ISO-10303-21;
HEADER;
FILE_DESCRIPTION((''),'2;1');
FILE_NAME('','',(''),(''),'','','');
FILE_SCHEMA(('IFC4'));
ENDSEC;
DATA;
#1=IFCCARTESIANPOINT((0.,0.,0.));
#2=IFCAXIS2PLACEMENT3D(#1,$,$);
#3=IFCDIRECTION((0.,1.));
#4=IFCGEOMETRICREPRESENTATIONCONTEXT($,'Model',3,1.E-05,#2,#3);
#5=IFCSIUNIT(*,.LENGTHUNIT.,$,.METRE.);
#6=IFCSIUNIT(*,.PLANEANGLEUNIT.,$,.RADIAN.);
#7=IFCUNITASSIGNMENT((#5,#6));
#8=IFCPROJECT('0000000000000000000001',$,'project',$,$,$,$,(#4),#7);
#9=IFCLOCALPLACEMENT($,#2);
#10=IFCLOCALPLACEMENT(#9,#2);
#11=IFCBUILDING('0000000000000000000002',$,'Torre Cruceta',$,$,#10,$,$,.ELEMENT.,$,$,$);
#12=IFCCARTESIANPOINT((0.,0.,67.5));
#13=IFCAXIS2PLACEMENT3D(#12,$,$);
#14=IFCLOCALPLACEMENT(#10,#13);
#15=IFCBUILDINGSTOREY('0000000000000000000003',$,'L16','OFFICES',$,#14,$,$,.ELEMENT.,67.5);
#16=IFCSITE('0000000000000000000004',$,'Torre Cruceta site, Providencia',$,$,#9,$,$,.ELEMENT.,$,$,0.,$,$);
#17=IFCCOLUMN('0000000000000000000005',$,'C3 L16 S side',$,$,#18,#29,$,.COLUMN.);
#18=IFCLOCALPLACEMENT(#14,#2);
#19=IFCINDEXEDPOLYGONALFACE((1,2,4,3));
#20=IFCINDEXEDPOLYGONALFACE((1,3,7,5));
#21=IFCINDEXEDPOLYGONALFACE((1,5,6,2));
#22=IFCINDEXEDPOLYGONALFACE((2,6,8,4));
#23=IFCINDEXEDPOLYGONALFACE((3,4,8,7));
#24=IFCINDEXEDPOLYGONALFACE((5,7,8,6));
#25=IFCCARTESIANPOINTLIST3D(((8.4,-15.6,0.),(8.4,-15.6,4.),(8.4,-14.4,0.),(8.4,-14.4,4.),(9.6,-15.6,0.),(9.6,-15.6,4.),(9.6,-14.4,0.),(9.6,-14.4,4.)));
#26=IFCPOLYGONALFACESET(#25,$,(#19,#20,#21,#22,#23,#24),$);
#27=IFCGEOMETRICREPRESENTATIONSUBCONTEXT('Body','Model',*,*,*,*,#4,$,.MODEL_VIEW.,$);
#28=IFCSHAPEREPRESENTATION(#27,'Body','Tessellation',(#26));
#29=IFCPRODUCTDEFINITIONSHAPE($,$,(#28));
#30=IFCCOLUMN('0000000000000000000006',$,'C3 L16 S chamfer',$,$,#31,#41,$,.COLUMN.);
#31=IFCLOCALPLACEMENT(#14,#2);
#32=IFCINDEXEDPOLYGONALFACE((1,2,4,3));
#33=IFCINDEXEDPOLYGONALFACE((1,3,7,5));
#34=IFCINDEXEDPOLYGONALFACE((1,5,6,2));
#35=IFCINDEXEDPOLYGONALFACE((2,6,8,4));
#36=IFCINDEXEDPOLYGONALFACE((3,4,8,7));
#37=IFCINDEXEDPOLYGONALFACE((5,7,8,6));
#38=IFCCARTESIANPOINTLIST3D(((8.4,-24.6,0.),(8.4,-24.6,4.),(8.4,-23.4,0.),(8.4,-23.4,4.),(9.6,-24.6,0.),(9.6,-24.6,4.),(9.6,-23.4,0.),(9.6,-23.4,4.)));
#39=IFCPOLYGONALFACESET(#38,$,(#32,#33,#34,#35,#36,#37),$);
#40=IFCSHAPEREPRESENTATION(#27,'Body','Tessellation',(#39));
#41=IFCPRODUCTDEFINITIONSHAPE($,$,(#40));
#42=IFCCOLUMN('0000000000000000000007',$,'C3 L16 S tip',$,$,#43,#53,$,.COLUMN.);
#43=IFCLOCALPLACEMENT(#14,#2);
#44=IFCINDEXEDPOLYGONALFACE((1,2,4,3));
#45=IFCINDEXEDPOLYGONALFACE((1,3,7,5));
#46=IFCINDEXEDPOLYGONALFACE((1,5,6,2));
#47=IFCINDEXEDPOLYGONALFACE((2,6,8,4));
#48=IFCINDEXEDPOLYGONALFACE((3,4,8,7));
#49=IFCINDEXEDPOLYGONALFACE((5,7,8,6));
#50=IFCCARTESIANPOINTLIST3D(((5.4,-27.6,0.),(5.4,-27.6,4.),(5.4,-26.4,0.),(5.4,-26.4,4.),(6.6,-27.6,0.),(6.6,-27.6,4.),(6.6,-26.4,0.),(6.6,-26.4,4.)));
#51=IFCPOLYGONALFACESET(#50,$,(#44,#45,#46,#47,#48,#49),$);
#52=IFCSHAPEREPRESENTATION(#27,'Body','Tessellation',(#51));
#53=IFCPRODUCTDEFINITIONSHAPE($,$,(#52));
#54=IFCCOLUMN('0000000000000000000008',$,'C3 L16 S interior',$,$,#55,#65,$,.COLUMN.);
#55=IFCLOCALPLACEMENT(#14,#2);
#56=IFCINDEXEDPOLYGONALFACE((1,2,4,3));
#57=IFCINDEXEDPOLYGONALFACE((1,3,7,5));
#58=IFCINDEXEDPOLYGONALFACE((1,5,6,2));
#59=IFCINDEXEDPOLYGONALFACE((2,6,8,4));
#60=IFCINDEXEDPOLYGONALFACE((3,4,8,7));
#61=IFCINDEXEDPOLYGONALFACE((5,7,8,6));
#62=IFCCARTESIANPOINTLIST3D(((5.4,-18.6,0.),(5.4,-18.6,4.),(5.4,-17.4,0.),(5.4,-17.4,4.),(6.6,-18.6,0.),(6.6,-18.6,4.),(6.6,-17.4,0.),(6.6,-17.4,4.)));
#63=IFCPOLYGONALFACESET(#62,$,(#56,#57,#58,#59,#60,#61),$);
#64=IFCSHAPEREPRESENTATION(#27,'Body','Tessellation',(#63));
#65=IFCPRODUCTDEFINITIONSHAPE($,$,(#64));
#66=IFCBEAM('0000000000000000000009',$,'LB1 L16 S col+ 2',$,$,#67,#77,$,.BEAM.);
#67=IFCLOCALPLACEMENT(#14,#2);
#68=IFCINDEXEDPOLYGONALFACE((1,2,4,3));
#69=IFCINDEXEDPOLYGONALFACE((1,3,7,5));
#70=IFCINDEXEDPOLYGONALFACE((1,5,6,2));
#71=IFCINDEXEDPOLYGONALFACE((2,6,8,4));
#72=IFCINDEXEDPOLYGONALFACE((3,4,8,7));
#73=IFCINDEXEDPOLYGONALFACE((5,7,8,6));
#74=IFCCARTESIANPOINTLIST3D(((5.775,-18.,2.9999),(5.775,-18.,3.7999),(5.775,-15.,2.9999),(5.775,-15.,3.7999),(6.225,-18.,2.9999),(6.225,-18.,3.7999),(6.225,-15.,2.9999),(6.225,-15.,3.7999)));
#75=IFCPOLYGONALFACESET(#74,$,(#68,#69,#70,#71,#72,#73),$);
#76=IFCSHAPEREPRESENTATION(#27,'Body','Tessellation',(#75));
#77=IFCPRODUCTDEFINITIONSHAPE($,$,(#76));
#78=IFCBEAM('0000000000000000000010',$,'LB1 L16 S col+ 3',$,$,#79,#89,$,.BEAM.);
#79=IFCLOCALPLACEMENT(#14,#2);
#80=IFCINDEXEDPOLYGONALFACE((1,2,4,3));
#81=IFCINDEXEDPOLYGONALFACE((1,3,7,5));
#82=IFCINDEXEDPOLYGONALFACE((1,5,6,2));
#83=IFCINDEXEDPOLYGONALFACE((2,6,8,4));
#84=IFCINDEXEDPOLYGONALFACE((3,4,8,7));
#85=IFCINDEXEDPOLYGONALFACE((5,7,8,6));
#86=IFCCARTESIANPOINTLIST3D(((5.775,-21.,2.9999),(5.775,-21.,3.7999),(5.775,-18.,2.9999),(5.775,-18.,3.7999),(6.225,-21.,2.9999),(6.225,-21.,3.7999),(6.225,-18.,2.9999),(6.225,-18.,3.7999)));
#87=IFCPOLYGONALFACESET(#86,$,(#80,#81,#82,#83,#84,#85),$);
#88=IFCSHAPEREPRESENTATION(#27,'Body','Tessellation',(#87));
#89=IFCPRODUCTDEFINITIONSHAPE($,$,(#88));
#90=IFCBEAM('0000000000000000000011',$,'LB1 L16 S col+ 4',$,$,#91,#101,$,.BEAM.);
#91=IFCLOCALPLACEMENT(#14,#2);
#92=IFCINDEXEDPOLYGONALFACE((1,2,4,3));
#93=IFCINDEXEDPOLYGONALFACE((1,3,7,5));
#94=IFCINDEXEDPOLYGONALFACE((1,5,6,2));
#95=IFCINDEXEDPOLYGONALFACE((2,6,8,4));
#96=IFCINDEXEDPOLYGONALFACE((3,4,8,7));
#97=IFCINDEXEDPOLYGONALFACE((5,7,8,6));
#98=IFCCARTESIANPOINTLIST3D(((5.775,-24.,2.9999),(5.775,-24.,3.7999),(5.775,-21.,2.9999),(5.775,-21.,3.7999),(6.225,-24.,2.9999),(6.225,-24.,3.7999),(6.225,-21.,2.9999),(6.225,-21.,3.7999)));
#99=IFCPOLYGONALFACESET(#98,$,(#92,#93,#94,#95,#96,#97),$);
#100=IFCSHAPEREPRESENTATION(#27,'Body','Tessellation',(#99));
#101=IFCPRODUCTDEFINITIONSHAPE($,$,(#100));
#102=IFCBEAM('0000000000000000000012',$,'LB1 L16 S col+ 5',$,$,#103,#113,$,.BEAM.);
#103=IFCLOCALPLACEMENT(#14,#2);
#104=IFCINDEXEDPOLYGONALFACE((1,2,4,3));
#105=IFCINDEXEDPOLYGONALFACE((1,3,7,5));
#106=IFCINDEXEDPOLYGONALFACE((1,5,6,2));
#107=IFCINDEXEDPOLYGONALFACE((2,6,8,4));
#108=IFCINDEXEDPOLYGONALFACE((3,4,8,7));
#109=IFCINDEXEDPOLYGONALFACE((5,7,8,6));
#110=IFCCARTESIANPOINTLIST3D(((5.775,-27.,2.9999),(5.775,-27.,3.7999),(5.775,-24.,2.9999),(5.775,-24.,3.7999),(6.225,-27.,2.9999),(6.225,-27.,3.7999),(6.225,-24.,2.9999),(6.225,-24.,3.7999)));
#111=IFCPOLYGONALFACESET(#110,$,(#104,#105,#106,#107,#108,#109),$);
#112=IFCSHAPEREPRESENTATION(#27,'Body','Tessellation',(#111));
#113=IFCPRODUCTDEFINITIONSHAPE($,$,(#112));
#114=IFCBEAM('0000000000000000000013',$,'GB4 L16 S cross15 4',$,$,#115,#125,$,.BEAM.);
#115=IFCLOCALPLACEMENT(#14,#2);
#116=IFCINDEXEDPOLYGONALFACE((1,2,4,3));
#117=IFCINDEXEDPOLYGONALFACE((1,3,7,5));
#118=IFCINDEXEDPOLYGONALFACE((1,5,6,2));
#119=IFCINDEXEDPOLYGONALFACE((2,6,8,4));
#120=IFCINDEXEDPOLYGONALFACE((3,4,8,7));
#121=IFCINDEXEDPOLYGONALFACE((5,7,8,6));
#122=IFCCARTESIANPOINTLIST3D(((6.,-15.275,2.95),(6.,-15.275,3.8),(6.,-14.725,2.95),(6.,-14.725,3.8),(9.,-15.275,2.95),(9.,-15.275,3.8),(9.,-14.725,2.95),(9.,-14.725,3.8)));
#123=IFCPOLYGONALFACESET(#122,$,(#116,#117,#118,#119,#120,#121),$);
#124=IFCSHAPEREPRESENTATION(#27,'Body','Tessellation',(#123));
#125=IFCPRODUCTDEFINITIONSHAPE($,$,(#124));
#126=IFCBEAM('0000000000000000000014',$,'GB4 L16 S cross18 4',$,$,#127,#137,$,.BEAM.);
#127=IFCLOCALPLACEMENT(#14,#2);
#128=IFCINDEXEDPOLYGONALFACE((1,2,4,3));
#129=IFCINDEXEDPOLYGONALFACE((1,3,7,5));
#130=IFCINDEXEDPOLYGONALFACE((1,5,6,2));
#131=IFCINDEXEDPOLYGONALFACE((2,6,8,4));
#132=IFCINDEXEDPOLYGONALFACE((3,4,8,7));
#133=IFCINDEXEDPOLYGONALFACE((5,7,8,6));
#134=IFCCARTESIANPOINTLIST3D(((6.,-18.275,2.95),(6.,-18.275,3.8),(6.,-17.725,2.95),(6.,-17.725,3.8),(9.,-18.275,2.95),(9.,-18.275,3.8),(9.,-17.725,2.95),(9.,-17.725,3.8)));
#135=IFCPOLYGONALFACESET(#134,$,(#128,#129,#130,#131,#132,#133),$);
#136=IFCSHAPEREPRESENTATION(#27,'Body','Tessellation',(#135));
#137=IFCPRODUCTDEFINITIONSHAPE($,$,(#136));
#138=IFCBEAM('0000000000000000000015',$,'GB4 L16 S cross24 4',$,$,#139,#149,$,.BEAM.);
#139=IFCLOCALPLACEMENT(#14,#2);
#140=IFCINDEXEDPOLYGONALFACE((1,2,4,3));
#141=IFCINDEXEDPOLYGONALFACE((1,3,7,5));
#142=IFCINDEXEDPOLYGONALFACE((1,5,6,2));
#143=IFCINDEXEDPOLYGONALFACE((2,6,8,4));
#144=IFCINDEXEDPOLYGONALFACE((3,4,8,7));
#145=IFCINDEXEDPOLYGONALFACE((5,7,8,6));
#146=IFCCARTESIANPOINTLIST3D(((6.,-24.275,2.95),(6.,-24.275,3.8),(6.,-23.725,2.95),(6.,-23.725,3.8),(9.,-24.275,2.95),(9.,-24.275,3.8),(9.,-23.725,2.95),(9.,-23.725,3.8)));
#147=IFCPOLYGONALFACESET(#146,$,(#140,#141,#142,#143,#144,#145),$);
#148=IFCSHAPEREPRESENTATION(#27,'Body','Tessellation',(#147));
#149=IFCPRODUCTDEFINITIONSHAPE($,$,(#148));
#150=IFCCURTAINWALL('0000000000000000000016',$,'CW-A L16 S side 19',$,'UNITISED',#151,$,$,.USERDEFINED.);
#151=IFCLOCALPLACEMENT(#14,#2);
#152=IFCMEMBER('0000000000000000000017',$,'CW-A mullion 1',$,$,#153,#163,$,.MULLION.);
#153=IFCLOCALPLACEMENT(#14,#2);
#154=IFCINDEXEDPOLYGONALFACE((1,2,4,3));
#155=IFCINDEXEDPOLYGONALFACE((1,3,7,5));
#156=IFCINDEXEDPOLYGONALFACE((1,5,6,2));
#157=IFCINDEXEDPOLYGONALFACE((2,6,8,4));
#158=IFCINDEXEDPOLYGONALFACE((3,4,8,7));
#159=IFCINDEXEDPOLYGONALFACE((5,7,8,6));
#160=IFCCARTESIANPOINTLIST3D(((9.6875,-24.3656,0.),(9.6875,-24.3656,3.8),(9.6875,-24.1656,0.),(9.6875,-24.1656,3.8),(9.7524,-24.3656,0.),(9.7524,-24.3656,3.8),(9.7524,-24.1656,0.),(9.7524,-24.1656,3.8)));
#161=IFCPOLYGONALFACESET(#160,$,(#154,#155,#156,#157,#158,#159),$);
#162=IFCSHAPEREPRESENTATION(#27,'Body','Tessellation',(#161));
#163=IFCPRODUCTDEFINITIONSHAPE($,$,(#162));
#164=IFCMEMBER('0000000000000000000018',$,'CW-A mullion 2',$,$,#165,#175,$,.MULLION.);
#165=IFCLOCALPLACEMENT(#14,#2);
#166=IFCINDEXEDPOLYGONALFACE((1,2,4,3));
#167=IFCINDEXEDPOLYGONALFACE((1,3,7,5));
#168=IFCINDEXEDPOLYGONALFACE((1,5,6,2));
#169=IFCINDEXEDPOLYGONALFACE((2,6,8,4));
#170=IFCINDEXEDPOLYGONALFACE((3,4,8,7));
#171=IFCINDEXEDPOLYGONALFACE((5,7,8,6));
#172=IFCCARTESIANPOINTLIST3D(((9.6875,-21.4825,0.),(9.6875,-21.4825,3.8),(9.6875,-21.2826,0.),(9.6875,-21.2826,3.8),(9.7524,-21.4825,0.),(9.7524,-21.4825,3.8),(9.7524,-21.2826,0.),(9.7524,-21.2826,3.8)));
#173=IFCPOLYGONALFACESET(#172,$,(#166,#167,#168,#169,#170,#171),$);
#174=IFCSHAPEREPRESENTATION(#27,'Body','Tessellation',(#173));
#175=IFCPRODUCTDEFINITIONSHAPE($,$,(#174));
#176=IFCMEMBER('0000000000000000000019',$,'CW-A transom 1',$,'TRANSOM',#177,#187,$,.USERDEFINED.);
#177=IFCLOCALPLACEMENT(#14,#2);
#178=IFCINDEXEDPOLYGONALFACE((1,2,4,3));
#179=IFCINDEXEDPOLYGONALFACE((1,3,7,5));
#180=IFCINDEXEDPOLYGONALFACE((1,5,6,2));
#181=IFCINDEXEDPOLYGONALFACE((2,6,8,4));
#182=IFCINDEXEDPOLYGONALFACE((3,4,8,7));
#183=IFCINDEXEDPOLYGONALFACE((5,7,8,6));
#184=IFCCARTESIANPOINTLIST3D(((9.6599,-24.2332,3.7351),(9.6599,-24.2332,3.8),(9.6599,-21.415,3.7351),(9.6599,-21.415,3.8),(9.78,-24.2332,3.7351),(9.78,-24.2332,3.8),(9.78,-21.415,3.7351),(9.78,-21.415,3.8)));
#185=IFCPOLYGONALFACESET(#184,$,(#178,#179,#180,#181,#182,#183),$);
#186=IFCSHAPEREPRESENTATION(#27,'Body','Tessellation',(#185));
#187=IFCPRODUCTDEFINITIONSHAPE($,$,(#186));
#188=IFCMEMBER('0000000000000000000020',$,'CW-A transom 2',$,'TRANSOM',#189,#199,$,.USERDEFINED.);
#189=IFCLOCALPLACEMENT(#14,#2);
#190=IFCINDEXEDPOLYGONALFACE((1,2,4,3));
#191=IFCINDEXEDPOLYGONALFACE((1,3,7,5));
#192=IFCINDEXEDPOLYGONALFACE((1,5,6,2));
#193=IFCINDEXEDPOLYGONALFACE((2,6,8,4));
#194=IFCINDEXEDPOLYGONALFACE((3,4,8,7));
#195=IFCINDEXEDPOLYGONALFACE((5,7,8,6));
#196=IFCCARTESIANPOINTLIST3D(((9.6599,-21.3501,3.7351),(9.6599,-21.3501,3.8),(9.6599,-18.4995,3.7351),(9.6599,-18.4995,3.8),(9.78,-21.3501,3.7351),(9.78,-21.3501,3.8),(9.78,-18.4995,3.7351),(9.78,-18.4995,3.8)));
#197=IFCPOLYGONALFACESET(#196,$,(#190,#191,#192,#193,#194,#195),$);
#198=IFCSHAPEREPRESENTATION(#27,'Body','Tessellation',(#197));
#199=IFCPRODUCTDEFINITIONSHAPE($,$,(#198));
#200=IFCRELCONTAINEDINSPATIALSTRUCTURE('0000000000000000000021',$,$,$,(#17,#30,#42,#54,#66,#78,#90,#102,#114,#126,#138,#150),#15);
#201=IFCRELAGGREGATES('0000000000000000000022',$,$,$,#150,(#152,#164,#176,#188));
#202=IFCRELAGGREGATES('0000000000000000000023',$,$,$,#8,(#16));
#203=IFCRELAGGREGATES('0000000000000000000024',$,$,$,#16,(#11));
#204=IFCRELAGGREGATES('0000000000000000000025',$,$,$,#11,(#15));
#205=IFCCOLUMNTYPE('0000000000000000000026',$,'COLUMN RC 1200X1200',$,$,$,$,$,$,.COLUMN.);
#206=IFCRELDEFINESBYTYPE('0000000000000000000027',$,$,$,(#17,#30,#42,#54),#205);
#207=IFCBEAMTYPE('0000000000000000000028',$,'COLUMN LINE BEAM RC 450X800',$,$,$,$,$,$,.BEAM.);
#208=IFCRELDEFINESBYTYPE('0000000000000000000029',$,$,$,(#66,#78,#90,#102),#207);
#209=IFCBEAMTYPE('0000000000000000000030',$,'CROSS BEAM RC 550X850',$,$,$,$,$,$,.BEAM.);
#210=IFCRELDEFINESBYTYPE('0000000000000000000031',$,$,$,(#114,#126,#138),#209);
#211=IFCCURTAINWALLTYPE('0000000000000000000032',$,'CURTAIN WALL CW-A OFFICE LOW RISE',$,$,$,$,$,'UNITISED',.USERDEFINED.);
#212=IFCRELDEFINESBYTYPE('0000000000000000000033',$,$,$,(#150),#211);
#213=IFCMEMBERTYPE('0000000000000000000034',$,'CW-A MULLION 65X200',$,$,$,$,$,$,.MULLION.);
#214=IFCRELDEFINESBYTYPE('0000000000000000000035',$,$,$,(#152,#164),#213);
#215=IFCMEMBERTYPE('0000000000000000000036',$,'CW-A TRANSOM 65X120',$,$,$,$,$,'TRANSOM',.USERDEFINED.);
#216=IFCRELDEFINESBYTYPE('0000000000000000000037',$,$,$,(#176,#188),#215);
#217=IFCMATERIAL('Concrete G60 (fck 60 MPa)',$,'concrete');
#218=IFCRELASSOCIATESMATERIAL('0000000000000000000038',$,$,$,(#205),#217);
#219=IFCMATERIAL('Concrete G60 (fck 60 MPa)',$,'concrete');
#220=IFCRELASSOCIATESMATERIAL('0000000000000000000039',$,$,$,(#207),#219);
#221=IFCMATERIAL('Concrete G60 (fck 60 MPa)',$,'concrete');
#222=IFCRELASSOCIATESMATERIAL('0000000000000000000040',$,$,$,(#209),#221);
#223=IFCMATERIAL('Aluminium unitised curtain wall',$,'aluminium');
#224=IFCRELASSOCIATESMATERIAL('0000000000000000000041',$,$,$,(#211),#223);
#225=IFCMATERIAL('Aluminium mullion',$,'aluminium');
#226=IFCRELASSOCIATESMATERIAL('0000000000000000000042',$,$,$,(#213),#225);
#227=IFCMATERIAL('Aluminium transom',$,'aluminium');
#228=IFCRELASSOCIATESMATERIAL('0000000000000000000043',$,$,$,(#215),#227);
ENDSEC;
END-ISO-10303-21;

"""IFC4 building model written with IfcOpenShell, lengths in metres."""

from ifc_helpers import new_model, si_unit, direction, frame, origin, origin_2d, place, context, subcontext, project, spatial, rectangle, extrude, material, material_profile, profile_set, type_object, element, aggregate, save


model = new_model("IFC4")

# Units and contexts
model_context = context("Model", 3, precision=1e-05, world=origin(), true_north=direction((0.0, 1.0)))
body_context = subcontext(model_context, "Body", "Model", "MODEL_VIEW")
ifc_project = project(units=[si_unit("LENGTHUNIT", "METRE"), si_unit("PLANEANGLEUNIT", "RADIAN")], contexts=[model_context])

# Site, building, storey
site_placement = place(None, origin())
site = spatial("IfcSite", under=ifc_project, at=site_placement, Name="Torre Cruceta site, Providencia", CompositionType="ELEMENT", RefElevation=0.0)
building_placement = place(site_placement, origin())
building = spatial("IfcBuilding", under=site, at=building_placement, Name="Torre Cruceta", CompositionType="ELEMENT")
storey_placement = place(building_placement, frame((0.0, 0.0, 67.5)))
storey = spatial("IfcBuildingStorey", under=building, at=storey_placement, Name="L16", Description="OFFICES", CompositionType="ELEMENT", Elevation=67.5)

# Columns
ifc_material_1 = material(Name="Concrete G60 (fck 60 MPa)", Category="concrete")
ifc_material_profile_1 = material_profile(ifc_material_1, rectangle(XDim=1.2, YDim=1.2, at=origin_2d()), Name="RC 1200X1200")
ifc_profile_set_1 = profile_set([ifc_material_profile_1], Name="Concrete G60 (fck 60 MPa)")
column_type = type_object("IfcColumnType", Name="COLUMN RC 1200X1200", PredefinedType="COLUMN", material=ifc_profile_set_1)
for number, where, z_axis, x_axis, name in (
    (1, (9.0, -15.0, 0.0), (0.0, 0.0, 1.0), (1.0, 0.0, 0.0), "C3 L16 S side"),
    (2, (9.0, -24.0, 0.0), (0.0, 0.0, 1.0), (1.0, 0.0, 0.0), "C3 L16 S chamfer"),
    (3, (6.0, -27.0, 0.0), (0.0, 0.0, 1.0), (1.0, 0.0, 0.0), "C3 L16 S tip"),
    (4, (6.0, -18.0, 0.0), (0.0, 0.0, 1.0), (1.0, 0.0, 0.0), "C3 L16 S interior"),
):
    element("IfcColumn", number, at=place(storey_placement, frame(where, z_axis=z_axis, x_axis=x_axis)), inside=storey, type_object=column_type, Name=name, PredefinedType="COLUMN", context=body_context, shape_type="SweptSolid", body=[
        extrude(rectangle(XDim=1.2, YDim=1.2, at=origin_2d()), origin(), (0.0, 0.0, 1.0), 4.0),
    ])

# Beams
ifc_material_2 = material(Name="Concrete G60 (fck 60 MPa)", Category="concrete")
ifc_material_profile_2 = material_profile(ifc_material_2, rectangle(XDim=0.45, YDim=0.8, at=origin_2d()), Name="RC 450X800")
ifc_profile_set_2 = profile_set([ifc_material_profile_2], Name="Concrete G60 (fck 60 MPa)")
beam_type_1 = type_object("IfcBeamType", Name="COLUMN LINE BEAM RC 450X800", PredefinedType="BEAM", material=ifc_profile_set_2)
for number, where, z_axis, x_axis, name in (
    (5, (6.0, -15.0, 3.3999), (0.0, -1.0, 0.0), (1.0, 0.0, 0.0), "LB1 L16 S col+ 2"),
    (6, (6.0, -18.0, 3.3999), (0.0, -1.0, 0.0), (1.0, 0.0, 0.0), "LB1 L16 S col+ 3"),
    (7, (6.0, -21.0, 3.3999), (0.0, -1.0, 0.0), (1.0, 0.0, 0.0), "LB1 L16 S col+ 4"),
    (8, (6.0, -24.0, 3.3999), (0.0, -1.0, 0.0), (1.0, 0.0, 0.0), "LB1 L16 S col+ 5"),
):
    element("IfcBeam", number, at=place(storey_placement, frame(where, z_axis=z_axis, x_axis=x_axis)), inside=storey, type_object=beam_type_1, Name=name, PredefinedType="BEAM", context=body_context, shape_type="SweptSolid", body=[
        extrude(rectangle(XDim=0.45, YDim=0.8, at=origin_2d()), origin(), (0.0, 0.0, 1.0), 3.0),
    ])
ifc_material_3 = material(Name="Concrete G60 (fck 60 MPa)", Category="concrete")
ifc_material_profile_3 = material_profile(ifc_material_3, rectangle(XDim=0.55, YDim=0.8501, at=origin_2d()), Name="RC 550X850")
ifc_profile_set_3 = profile_set([ifc_material_profile_3], Name="Concrete G60 (fck 60 MPa)")
beam_type_2 = type_object("IfcBeamType", Name="CROSS BEAM RC 550X850", PredefinedType="BEAM", material=ifc_profile_set_3)
for number, where, z_axis, x_axis, name in (
    (9, (6.0, -15.0, 3.375), (1.0, 0.0, 0.0), (0.0, 1.0, 0.0), "GB4 L16 S cross15 4"),
    (10, (6.0, -18.0, 3.375), (1.0, 0.0, 0.0), (0.0, 1.0, 0.0), "GB4 L16 S cross18 4"),
    (11, (6.0, -24.0, 3.375), (1.0, 0.0, 0.0), (0.0, 1.0, 0.0), "GB4 L16 S cross24 4"),
):
    element("IfcBeam", number, at=place(storey_placement, frame(where, z_axis=z_axis, x_axis=x_axis)), inside=storey, type_object=beam_type_2, Name=name, PredefinedType="BEAM", context=body_context, shape_type="SweptSolid", body=[
        extrude(rectangle(XDim=0.55, YDim=0.8501, at=origin_2d()), origin(), (0.0, 0.0, 1.0), 3.0),
    ])

# Curtain wall, members
ifc_material_4 = material(Name="Aluminium unitised curtain wall", Category="aluminium")
curtain_wall_type = type_object("IfcCurtainWallType", Name="CURTAIN WALL CW-A OFFICE LOW RISE", ElementType="UNITISED", PredefinedType="USERDEFINED", material=ifc_material_4)
curtain_wall_placement = place(storey_placement, origin())
curtain_wall = element("IfcCurtainWall", 12, at=curtain_wall_placement, inside=storey, type_object=curtain_wall_type, Name="CW-A L16 S side 19", ObjectType="UNITISED", PredefinedType="USERDEFINED")
ifc_material_5 = material(Name="Aluminium mullion", Category="aluminium")
ifc_material_profile_4 = material_profile(ifc_material_5, rectangle(XDim=0.0649, YDim=0.2, at=origin_2d()), Name="AL 65X200")
ifc_profile_set_4 = profile_set([ifc_material_profile_4], Name="Aluminium mullion")
member_type_1 = type_object("IfcMemberType", Name="CW-A MULLION 65X200", PredefinedType="MULLION", material=ifc_profile_set_4)
member_1_placement = place(storey_placement, frame((9.72, -24.2656, 0.0), z_axis=(0.0, 0.0, 1.0), x_axis=(-1.0, 0.0, 0.0)))
member_1 = element("IfcMember", 13, at=member_1_placement, type_object=member_type_1, Name="CW-A mullion 1", PredefinedType="MULLION", context=body_context, shape_type="SweptSolid", body=[
    extrude(rectangle(XDim=0.0649, YDim=0.2, at=origin_2d()), origin(), (0.0, 0.0, 1.0), 3.8),
])
member_2_placement = place(storey_placement, frame((9.72, -21.3826, 0.0), z_axis=(0.0, 0.0, 1.0), x_axis=(-1.0, 0.0, 0.0)))
member_2 = element("IfcMember", 14, at=member_2_placement, type_object=member_type_1, Name="CW-A mullion 2", PredefinedType="MULLION", context=body_context, shape_type="SweptSolid", body=[
    extrude(rectangle(XDim=0.0649, YDim=0.2, at=origin_2d()), origin(), (0.0, 0.0, 1.0), 3.8),
])
ifc_material_6 = material(Name="Aluminium transom", Category="aluminium")
ifc_material_profile_5 = material_profile(ifc_material_6, rectangle(XDim=0.1201, YDim=0.0649, at=origin_2d()), Name="AL 120X65")
ifc_profile_set_5 = profile_set([ifc_material_profile_5], Name="Aluminium transom")
member_type_2 = type_object("IfcMemberType", Name="CW-A TRANSOM 65X120", ElementType="TRANSOM", PredefinedType="USERDEFINED", material=ifc_profile_set_5)
member_3_placement = place(storey_placement, frame((9.72, -24.2332, 3.7676), z_axis=(0.0, 1.0, 0.0), x_axis=(-1.0, 0.0, 0.0)))
member_3 = element("IfcMember", 15, at=member_3_placement, type_object=member_type_2, Name="CW-A transom 1", ObjectType="TRANSOM", PredefinedType="USERDEFINED", context=body_context, shape_type="SweptSolid", body=[
    extrude(rectangle(XDim=0.1201, YDim=0.0649, at=origin_2d()), origin(), (0.0, 0.0, 1.0), 2.8181),
])
member_4_placement = place(storey_placement, frame((9.72, -21.3501, 3.7676), z_axis=(0.0, 1.0, 0.0), x_axis=(-1.0, 0.0, 0.0)))
member_4 = element("IfcMember", 16, at=member_4_placement, type_object=member_type_2, Name="CW-A transom 2", ObjectType="TRANSOM", PredefinedType="USERDEFINED", context=body_context, shape_type="SweptSolid", body=[
    extrude(rectangle(XDim=0.1201, YDim=0.0649, at=origin_2d()), origin(), (0.0, 0.0, 1.0), 2.8506),
])

aggregate(curtain_wall, [member_1, member_2, member_3, member_4])

save(model, "model.ifc")
